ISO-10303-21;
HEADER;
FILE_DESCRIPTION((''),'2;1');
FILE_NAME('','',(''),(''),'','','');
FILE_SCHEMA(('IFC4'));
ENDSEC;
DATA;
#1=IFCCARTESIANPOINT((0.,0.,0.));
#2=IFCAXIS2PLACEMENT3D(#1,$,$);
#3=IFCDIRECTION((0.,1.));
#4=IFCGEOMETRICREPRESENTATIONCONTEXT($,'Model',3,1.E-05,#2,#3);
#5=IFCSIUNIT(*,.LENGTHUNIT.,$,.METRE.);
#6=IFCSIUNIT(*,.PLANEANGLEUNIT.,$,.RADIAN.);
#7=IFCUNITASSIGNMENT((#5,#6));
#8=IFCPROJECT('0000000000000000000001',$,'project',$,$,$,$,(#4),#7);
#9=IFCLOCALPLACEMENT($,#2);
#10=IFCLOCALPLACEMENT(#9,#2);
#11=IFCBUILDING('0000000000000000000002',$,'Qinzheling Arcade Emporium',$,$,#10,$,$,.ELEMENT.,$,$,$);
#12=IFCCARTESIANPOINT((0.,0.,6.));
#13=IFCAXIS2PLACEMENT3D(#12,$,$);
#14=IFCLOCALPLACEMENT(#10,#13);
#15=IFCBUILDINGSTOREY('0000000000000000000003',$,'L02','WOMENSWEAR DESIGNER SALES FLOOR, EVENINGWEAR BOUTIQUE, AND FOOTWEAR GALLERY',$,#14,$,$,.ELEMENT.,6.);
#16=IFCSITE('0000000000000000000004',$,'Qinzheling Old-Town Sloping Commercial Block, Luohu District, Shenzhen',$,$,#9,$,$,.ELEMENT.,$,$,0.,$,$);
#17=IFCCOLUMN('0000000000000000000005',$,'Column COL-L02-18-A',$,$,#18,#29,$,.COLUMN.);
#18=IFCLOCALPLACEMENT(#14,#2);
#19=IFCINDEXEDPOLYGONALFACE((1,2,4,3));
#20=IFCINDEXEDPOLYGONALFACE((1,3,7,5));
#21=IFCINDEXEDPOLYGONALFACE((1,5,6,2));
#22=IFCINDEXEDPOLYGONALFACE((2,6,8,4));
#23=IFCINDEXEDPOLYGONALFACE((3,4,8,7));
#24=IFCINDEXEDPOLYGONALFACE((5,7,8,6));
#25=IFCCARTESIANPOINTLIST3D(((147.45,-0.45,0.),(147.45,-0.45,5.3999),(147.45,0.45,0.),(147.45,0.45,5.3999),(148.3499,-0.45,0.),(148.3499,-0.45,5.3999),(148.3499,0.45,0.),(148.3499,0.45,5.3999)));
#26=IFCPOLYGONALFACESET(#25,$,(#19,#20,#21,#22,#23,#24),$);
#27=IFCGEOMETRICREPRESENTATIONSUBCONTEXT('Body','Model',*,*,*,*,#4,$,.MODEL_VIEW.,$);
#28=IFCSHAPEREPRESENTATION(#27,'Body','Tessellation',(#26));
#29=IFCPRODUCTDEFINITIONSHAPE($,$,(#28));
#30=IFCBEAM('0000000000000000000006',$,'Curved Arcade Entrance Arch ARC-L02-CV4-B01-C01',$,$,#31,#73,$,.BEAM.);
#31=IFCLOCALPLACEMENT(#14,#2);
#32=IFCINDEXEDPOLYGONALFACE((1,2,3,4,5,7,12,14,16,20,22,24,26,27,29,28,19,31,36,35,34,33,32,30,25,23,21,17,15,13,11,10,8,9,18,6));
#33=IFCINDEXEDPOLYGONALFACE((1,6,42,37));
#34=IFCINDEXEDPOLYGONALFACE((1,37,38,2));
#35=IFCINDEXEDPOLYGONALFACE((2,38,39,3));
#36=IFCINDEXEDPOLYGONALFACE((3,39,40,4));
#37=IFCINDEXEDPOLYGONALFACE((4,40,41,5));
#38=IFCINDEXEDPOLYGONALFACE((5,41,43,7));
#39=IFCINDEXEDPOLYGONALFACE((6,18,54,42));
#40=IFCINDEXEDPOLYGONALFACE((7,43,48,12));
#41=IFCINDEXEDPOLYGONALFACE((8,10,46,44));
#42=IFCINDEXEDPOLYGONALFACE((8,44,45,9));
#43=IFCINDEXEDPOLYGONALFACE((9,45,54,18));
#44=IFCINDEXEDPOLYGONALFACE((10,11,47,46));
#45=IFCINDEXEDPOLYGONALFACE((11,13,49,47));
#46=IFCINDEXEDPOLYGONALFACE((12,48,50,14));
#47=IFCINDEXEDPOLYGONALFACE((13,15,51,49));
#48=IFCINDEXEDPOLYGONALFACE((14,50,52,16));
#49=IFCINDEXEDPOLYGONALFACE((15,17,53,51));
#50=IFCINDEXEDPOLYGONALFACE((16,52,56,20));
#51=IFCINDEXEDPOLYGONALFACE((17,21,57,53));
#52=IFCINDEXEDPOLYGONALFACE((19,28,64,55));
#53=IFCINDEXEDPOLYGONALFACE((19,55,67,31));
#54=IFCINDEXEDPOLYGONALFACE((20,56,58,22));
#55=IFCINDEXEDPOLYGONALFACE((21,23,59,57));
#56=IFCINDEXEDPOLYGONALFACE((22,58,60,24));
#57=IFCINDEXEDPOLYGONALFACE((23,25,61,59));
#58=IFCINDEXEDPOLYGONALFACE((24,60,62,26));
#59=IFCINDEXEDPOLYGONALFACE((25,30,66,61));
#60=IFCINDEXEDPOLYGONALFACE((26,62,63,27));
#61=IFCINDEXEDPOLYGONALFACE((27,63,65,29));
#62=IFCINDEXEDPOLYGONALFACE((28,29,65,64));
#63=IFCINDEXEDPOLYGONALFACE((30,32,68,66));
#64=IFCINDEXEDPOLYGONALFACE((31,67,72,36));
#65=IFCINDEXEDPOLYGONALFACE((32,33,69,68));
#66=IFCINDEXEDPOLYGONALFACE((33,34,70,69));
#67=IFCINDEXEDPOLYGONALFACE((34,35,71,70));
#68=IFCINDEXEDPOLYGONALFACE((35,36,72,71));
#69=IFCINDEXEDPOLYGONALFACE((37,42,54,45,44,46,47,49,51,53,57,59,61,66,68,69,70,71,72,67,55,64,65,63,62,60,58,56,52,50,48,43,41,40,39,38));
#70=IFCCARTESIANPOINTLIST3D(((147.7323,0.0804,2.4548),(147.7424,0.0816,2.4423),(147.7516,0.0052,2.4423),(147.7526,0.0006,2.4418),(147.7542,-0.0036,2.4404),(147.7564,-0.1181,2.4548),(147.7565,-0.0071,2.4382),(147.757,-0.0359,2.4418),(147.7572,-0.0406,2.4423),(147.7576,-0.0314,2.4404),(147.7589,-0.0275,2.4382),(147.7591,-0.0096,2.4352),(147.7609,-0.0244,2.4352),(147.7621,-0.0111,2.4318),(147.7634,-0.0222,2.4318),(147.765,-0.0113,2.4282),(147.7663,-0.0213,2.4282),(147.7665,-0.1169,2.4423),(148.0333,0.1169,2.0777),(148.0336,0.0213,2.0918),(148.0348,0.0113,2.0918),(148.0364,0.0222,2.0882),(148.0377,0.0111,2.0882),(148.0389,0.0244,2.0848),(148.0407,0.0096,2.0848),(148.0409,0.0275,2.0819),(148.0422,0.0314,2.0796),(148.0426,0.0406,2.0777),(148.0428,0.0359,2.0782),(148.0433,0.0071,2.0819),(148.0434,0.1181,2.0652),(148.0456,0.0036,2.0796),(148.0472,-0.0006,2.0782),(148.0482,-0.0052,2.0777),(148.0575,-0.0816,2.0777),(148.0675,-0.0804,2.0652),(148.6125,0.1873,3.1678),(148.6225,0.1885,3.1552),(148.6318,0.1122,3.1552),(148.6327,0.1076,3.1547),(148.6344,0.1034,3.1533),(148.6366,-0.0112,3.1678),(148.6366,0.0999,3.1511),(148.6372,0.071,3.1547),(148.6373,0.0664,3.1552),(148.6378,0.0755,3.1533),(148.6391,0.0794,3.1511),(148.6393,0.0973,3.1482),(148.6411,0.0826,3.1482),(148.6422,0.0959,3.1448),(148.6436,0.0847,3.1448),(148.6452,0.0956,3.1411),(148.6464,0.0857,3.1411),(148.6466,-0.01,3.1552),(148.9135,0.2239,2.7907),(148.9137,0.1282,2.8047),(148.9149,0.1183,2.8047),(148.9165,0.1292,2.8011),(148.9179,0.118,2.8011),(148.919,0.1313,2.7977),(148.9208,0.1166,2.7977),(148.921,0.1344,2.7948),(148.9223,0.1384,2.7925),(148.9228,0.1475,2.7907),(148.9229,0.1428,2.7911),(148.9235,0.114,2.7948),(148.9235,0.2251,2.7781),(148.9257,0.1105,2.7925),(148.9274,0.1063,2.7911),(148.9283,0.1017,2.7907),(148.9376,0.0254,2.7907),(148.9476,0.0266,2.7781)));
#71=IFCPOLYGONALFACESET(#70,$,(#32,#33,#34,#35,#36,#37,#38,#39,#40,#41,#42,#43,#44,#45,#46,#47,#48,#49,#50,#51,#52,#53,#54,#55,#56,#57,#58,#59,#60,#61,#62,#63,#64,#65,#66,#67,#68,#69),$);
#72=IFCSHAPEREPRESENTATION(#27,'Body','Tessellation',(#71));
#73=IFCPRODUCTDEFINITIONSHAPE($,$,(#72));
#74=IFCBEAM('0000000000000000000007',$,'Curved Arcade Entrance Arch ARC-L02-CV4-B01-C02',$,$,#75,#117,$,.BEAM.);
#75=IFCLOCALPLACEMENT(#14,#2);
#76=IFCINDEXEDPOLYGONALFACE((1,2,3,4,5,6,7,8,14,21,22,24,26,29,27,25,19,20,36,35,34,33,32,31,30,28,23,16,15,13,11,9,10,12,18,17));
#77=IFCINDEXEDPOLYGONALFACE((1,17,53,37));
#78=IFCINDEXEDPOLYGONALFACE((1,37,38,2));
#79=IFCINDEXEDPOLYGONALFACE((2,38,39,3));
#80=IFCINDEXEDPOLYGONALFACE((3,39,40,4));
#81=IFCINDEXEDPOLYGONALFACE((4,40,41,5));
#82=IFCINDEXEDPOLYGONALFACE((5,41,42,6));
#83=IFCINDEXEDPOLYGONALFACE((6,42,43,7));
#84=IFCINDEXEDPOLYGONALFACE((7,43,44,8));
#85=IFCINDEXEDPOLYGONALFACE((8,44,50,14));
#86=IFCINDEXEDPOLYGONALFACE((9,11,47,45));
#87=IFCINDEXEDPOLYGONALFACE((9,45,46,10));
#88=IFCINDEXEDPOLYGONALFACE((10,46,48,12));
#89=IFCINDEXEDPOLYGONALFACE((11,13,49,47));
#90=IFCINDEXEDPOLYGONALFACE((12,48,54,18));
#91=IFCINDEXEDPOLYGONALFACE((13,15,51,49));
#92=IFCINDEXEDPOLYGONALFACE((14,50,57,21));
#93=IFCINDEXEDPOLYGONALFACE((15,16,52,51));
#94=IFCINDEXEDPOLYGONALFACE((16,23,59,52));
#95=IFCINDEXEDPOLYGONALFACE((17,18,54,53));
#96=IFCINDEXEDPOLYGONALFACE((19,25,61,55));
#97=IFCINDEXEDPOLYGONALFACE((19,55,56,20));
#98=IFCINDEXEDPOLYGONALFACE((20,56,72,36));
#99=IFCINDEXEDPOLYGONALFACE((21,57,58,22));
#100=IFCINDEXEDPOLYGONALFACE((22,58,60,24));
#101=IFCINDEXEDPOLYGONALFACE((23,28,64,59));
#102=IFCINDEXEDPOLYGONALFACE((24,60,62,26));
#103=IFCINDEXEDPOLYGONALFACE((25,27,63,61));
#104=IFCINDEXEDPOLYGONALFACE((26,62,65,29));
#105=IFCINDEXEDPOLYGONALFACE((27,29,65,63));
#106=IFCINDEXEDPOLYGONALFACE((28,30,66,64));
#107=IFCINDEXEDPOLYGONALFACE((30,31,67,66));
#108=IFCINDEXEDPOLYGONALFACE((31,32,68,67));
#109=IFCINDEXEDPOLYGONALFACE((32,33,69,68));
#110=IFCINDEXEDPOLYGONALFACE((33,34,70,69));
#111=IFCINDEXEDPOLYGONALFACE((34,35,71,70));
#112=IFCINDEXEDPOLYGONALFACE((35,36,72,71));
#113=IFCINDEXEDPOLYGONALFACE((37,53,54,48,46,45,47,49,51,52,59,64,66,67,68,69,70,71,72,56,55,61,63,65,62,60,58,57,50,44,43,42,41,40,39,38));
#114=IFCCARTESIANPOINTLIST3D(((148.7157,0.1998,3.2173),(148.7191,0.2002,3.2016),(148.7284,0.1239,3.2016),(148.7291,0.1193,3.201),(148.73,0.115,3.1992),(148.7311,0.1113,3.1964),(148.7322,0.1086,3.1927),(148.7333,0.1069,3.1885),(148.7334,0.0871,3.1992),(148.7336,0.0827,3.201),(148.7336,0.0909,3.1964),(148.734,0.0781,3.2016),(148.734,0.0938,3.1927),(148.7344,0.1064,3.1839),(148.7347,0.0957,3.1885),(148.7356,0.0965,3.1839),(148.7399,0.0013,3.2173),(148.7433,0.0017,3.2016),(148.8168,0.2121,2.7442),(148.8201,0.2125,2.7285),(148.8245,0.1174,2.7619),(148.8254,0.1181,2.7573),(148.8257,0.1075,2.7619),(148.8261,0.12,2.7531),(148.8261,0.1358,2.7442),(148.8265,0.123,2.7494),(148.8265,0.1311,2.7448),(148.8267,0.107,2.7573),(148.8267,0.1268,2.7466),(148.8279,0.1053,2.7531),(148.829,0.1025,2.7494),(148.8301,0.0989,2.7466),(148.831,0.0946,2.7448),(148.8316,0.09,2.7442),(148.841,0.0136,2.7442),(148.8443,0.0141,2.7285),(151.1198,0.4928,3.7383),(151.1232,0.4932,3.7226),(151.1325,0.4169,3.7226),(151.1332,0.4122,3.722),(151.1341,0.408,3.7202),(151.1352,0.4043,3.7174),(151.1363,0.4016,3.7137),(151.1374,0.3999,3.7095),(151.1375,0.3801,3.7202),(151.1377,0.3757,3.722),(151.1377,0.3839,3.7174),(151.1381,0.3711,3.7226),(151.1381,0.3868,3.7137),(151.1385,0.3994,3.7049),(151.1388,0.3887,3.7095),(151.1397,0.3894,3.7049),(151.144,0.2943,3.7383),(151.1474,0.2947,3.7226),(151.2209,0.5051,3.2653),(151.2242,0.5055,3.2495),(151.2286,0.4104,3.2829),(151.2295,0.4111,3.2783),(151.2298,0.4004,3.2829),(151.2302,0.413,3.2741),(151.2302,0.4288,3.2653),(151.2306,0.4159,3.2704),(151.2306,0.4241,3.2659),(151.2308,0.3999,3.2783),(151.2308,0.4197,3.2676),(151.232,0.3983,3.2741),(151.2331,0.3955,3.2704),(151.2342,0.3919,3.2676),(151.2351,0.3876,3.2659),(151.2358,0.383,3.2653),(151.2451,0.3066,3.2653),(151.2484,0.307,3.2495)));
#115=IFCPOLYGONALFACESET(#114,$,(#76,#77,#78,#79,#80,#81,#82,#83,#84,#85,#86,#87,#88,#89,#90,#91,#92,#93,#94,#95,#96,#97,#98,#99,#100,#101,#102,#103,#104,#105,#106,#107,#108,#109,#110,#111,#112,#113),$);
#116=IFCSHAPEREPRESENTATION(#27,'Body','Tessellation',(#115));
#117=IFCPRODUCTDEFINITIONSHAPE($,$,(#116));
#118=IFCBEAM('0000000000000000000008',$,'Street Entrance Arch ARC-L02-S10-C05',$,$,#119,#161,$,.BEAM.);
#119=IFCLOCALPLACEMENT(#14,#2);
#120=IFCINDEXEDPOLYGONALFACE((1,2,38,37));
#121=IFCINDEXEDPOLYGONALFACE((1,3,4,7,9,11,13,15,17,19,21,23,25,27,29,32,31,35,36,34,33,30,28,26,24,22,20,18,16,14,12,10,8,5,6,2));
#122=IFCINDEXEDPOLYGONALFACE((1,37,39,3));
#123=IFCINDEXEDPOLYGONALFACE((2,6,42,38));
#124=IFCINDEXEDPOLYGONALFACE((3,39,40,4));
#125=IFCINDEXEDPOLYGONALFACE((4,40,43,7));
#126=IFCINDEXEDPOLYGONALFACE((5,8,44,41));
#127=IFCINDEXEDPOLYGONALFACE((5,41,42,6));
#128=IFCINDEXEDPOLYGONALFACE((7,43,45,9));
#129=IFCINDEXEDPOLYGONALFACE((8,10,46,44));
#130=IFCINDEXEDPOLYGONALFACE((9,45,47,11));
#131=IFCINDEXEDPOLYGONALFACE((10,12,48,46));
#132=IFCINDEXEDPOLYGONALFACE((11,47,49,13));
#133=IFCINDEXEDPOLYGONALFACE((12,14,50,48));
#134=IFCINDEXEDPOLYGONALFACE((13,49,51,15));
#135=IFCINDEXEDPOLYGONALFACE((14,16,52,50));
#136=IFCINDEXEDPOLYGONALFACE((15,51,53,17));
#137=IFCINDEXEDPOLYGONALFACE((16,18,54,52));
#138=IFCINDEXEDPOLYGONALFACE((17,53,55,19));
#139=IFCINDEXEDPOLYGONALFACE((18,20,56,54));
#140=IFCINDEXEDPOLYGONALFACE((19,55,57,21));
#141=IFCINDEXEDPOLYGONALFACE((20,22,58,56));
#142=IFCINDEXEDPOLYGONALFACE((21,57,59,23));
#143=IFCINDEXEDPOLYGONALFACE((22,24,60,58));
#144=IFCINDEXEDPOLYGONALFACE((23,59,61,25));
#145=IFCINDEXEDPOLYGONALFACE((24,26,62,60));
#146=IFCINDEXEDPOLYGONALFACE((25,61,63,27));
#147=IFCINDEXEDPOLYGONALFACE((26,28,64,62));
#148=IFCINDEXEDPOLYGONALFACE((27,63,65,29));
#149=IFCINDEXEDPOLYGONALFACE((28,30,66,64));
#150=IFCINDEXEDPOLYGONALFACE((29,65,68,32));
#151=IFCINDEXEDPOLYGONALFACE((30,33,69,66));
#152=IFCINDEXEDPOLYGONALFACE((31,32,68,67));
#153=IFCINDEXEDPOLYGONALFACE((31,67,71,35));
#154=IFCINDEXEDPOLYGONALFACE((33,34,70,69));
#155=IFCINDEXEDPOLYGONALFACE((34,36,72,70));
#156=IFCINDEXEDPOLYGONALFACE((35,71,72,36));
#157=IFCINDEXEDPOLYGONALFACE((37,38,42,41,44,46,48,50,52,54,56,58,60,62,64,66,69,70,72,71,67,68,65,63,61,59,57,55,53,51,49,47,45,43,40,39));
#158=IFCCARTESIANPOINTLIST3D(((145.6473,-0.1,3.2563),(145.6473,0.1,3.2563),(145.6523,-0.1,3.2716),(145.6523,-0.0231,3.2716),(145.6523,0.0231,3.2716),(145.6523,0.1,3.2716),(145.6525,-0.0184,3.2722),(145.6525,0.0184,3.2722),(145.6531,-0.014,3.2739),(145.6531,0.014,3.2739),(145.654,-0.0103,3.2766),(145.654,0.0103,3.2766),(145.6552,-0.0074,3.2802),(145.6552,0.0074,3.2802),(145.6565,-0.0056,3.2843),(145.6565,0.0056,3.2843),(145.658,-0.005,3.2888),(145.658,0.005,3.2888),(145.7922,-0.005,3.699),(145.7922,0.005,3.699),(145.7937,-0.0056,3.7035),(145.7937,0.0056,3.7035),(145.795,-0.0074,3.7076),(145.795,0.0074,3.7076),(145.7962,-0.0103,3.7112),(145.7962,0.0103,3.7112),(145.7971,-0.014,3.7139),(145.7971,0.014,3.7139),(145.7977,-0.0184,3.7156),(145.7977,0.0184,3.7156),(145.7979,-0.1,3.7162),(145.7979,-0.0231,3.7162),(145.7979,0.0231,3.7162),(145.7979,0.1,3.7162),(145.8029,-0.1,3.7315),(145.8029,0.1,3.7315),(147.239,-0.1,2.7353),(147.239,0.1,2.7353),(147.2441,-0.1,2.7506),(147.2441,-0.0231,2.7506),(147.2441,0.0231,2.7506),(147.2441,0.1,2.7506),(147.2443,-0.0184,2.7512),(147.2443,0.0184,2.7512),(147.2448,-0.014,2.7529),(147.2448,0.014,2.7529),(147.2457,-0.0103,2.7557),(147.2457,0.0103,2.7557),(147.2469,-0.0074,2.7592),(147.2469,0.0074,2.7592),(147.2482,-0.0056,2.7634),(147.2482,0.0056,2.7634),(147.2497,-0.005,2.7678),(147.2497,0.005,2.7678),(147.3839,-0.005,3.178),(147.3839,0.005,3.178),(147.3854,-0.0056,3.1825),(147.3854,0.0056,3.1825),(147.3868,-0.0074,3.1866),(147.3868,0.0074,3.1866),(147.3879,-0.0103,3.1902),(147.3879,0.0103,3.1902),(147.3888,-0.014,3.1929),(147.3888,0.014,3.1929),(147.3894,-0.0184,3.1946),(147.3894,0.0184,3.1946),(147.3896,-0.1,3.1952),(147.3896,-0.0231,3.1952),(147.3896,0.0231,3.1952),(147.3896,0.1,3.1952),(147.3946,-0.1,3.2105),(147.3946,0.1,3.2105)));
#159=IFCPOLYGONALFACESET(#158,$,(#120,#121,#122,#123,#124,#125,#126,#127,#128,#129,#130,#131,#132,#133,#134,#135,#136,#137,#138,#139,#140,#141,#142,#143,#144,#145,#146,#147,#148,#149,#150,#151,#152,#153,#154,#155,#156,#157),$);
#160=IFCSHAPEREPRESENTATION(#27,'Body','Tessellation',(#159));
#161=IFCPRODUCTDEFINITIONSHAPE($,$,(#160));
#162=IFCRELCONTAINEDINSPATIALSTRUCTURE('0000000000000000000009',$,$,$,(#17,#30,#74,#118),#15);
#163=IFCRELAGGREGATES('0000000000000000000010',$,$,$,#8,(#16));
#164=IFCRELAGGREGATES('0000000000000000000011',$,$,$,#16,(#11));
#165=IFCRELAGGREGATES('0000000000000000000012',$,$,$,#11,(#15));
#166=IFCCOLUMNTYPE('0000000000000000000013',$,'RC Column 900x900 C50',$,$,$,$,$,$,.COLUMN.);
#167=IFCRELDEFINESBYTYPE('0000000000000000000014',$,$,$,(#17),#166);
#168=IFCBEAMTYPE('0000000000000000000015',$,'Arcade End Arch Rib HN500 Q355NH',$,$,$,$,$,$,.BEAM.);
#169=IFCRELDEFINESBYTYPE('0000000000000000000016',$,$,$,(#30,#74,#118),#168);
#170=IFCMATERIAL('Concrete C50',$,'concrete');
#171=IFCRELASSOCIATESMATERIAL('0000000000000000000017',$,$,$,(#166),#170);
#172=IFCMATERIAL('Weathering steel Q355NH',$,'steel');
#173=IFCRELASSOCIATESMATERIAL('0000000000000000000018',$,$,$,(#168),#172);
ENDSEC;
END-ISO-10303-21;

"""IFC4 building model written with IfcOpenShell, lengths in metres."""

from ifc_helpers import new_model, si_unit, direction, frame, origin, origin_2d, place, context, subcontext, project, spatial, rectangle, i_section, extrude, material, material_profile, profile_set, type_object, element, save


model = new_model("IFC4")

# Units and contexts
model_context = context("Model", 3, precision=1e-05, world=origin(), true_north=direction((0.0, 1.0)))
body_context = subcontext(model_context, "Body", "Model", "MODEL_VIEW")
ifc_project = project(units=[si_unit("LENGTHUNIT", "METRE"), si_unit("PLANEANGLEUNIT", "RADIAN")], contexts=[model_context])

# Site, building, storey
site_placement = place(None, origin())
site = spatial("IfcSite", under=ifc_project, at=site_placement, Name="Qinzheling Old-Town Sloping Commercial Block, Luohu District, Shenzhen", CompositionType="ELEMENT", RefElevation=0.0)
building_placement = place(site_placement, origin())
building = spatial("IfcBuilding", under=site, at=building_placement, Name="Qinzheling Arcade Emporium", CompositionType="ELEMENT")
storey_placement = place(building_placement, frame((0.0, 0.0, 6.0)))
storey = spatial("IfcBuildingStorey", under=building, at=storey_placement, Name="L02", Description="WOMENSWEAR DESIGNER SALES FLOOR, EVENINGWEAR BOUTIQUE, AND FOOTWEAR GALLERY", CompositionType="ELEMENT", Elevation=6.0)

# Column
ifc_material_1 = material(Name="Concrete C50", Category="concrete")
ifc_material_profile_1 = material_profile(ifc_material_1, rectangle(XDim=0.8999, YDim=0.8999, at=origin_2d()), Name="RC 900x900", Category="concrete")
ifc_profile_set_1 = profile_set([ifc_material_profile_1], Name="Concrete C50")
column_type = type_object("IfcColumnType", Name="RC Column 900x900 C50", PredefinedType="COLUMN", material=ifc_profile_set_1)
column_placement = place(storey_placement, frame((147.8999, 0.0, 0.0), z_axis=(0.0, 0.0, 1.0), x_axis=(1.0, 0.0, 0.0)))
element("IfcColumn", 1, at=column_placement, inside=storey, type_object=column_type, Name="Column COL-L02-18-A", PredefinedType="COLUMN", context=body_context, shape_type="SweptSolid", body=[
    extrude(rectangle(XDim=0.8999, YDim=0.8999, at=origin_2d()), origin(), (0.0, 0.0, 1.0), 5.3999),
])

# Beams
ifc_material_2 = material(Name="Weathering steel Q355NH", Category="steel")
ifc_material_profile_2 = material_profile(ifc_material_2, i_section(OverallWidth=0.2, OverallDepth=0.5, WebThickness=0.01, FlangeThickness=0.0161, FilletRadius=0.0181, at=origin_2d()), Name="HN 500x200x10x16", Category="steel")
ifc_profile_set_2 = profile_set([ifc_material_profile_2], Name="Weathering steel Q355NH")
beam_type_1 = type_object("IfcBeamType", Name="Arcade End Arch Rib HN500 Q355NH", PredefinedType="BEAM", material=ifc_profile_set_2)
beam_1_placement = place(storey_placement, frame((147.8999, 0.0, 2.26), z_axis=(0.773629, 0.093994, 0.626629), x_axis=(-0.120611, 0.9927, 0.0)))
element("IfcBeam", 2, at=beam_1_placement, inside=storey, type_object=beam_type_1, Name="Curved Arcade Entrance Arch ARC-L02-CV4-B01-C01", PredefinedType="BEAM", context=body_context, shape_type="SweptSolid", body=[
    extrude(i_section(OverallWidth=0.2, OverallDepth=0.5, WebThickness=0.01, FlangeThickness=0.0161, FilletRadius=0.0181, at=origin_2d()), origin(), (0.0, 0.0, 1.0), 1.1377),
])
beam_2_placement = place(storey_placement, frame((148.78, 0.1069, 2.9729), z_axis=(0.970455, 0.118264, 0.210313), x_axis=(-0.12097, 0.992656, 0.0)))
element("IfcBeam", 3, at=beam_2_placement, inside=storey, type_object=beam_type_1, Name="Curved Arcade Entrance Arch ARC-L02-CV4-B01-C02", PredefinedType="BEAM", context=body_context, shape_type="SweptSolid", body=[
    extrude(i_section(OverallWidth=0.2, OverallDepth=0.5, WebThickness=0.01, FlangeThickness=0.0161, FilletRadius=0.0181, at=origin_2d()), origin(), (0.0, 0.0, 1.0), 2.4773),
])
beam_3_placement = place(storey_placement, frame((145.7251, 0.0, 3.4939), z_axis=(0.950389, 0.0, -0.311063), x_axis=(0.0, 1.0, 0.0)))
element("IfcBeam", 4, at=beam_3_placement, inside=storey, type_object=beam_type_1, Name="Street Entrance Arch ARC-L02-S10-C05", PredefinedType="BEAM", context=body_context, shape_type="SweptSolid", body=[
    extrude(i_section(OverallWidth=0.2, OverallDepth=0.5, WebThickness=0.01, FlangeThickness=0.0161, FilletRadius=0.0181, at=origin_2d()), origin(), (0.0, 0.0, 1.0), 1.6748),
])

save(model, "model.ifc")
